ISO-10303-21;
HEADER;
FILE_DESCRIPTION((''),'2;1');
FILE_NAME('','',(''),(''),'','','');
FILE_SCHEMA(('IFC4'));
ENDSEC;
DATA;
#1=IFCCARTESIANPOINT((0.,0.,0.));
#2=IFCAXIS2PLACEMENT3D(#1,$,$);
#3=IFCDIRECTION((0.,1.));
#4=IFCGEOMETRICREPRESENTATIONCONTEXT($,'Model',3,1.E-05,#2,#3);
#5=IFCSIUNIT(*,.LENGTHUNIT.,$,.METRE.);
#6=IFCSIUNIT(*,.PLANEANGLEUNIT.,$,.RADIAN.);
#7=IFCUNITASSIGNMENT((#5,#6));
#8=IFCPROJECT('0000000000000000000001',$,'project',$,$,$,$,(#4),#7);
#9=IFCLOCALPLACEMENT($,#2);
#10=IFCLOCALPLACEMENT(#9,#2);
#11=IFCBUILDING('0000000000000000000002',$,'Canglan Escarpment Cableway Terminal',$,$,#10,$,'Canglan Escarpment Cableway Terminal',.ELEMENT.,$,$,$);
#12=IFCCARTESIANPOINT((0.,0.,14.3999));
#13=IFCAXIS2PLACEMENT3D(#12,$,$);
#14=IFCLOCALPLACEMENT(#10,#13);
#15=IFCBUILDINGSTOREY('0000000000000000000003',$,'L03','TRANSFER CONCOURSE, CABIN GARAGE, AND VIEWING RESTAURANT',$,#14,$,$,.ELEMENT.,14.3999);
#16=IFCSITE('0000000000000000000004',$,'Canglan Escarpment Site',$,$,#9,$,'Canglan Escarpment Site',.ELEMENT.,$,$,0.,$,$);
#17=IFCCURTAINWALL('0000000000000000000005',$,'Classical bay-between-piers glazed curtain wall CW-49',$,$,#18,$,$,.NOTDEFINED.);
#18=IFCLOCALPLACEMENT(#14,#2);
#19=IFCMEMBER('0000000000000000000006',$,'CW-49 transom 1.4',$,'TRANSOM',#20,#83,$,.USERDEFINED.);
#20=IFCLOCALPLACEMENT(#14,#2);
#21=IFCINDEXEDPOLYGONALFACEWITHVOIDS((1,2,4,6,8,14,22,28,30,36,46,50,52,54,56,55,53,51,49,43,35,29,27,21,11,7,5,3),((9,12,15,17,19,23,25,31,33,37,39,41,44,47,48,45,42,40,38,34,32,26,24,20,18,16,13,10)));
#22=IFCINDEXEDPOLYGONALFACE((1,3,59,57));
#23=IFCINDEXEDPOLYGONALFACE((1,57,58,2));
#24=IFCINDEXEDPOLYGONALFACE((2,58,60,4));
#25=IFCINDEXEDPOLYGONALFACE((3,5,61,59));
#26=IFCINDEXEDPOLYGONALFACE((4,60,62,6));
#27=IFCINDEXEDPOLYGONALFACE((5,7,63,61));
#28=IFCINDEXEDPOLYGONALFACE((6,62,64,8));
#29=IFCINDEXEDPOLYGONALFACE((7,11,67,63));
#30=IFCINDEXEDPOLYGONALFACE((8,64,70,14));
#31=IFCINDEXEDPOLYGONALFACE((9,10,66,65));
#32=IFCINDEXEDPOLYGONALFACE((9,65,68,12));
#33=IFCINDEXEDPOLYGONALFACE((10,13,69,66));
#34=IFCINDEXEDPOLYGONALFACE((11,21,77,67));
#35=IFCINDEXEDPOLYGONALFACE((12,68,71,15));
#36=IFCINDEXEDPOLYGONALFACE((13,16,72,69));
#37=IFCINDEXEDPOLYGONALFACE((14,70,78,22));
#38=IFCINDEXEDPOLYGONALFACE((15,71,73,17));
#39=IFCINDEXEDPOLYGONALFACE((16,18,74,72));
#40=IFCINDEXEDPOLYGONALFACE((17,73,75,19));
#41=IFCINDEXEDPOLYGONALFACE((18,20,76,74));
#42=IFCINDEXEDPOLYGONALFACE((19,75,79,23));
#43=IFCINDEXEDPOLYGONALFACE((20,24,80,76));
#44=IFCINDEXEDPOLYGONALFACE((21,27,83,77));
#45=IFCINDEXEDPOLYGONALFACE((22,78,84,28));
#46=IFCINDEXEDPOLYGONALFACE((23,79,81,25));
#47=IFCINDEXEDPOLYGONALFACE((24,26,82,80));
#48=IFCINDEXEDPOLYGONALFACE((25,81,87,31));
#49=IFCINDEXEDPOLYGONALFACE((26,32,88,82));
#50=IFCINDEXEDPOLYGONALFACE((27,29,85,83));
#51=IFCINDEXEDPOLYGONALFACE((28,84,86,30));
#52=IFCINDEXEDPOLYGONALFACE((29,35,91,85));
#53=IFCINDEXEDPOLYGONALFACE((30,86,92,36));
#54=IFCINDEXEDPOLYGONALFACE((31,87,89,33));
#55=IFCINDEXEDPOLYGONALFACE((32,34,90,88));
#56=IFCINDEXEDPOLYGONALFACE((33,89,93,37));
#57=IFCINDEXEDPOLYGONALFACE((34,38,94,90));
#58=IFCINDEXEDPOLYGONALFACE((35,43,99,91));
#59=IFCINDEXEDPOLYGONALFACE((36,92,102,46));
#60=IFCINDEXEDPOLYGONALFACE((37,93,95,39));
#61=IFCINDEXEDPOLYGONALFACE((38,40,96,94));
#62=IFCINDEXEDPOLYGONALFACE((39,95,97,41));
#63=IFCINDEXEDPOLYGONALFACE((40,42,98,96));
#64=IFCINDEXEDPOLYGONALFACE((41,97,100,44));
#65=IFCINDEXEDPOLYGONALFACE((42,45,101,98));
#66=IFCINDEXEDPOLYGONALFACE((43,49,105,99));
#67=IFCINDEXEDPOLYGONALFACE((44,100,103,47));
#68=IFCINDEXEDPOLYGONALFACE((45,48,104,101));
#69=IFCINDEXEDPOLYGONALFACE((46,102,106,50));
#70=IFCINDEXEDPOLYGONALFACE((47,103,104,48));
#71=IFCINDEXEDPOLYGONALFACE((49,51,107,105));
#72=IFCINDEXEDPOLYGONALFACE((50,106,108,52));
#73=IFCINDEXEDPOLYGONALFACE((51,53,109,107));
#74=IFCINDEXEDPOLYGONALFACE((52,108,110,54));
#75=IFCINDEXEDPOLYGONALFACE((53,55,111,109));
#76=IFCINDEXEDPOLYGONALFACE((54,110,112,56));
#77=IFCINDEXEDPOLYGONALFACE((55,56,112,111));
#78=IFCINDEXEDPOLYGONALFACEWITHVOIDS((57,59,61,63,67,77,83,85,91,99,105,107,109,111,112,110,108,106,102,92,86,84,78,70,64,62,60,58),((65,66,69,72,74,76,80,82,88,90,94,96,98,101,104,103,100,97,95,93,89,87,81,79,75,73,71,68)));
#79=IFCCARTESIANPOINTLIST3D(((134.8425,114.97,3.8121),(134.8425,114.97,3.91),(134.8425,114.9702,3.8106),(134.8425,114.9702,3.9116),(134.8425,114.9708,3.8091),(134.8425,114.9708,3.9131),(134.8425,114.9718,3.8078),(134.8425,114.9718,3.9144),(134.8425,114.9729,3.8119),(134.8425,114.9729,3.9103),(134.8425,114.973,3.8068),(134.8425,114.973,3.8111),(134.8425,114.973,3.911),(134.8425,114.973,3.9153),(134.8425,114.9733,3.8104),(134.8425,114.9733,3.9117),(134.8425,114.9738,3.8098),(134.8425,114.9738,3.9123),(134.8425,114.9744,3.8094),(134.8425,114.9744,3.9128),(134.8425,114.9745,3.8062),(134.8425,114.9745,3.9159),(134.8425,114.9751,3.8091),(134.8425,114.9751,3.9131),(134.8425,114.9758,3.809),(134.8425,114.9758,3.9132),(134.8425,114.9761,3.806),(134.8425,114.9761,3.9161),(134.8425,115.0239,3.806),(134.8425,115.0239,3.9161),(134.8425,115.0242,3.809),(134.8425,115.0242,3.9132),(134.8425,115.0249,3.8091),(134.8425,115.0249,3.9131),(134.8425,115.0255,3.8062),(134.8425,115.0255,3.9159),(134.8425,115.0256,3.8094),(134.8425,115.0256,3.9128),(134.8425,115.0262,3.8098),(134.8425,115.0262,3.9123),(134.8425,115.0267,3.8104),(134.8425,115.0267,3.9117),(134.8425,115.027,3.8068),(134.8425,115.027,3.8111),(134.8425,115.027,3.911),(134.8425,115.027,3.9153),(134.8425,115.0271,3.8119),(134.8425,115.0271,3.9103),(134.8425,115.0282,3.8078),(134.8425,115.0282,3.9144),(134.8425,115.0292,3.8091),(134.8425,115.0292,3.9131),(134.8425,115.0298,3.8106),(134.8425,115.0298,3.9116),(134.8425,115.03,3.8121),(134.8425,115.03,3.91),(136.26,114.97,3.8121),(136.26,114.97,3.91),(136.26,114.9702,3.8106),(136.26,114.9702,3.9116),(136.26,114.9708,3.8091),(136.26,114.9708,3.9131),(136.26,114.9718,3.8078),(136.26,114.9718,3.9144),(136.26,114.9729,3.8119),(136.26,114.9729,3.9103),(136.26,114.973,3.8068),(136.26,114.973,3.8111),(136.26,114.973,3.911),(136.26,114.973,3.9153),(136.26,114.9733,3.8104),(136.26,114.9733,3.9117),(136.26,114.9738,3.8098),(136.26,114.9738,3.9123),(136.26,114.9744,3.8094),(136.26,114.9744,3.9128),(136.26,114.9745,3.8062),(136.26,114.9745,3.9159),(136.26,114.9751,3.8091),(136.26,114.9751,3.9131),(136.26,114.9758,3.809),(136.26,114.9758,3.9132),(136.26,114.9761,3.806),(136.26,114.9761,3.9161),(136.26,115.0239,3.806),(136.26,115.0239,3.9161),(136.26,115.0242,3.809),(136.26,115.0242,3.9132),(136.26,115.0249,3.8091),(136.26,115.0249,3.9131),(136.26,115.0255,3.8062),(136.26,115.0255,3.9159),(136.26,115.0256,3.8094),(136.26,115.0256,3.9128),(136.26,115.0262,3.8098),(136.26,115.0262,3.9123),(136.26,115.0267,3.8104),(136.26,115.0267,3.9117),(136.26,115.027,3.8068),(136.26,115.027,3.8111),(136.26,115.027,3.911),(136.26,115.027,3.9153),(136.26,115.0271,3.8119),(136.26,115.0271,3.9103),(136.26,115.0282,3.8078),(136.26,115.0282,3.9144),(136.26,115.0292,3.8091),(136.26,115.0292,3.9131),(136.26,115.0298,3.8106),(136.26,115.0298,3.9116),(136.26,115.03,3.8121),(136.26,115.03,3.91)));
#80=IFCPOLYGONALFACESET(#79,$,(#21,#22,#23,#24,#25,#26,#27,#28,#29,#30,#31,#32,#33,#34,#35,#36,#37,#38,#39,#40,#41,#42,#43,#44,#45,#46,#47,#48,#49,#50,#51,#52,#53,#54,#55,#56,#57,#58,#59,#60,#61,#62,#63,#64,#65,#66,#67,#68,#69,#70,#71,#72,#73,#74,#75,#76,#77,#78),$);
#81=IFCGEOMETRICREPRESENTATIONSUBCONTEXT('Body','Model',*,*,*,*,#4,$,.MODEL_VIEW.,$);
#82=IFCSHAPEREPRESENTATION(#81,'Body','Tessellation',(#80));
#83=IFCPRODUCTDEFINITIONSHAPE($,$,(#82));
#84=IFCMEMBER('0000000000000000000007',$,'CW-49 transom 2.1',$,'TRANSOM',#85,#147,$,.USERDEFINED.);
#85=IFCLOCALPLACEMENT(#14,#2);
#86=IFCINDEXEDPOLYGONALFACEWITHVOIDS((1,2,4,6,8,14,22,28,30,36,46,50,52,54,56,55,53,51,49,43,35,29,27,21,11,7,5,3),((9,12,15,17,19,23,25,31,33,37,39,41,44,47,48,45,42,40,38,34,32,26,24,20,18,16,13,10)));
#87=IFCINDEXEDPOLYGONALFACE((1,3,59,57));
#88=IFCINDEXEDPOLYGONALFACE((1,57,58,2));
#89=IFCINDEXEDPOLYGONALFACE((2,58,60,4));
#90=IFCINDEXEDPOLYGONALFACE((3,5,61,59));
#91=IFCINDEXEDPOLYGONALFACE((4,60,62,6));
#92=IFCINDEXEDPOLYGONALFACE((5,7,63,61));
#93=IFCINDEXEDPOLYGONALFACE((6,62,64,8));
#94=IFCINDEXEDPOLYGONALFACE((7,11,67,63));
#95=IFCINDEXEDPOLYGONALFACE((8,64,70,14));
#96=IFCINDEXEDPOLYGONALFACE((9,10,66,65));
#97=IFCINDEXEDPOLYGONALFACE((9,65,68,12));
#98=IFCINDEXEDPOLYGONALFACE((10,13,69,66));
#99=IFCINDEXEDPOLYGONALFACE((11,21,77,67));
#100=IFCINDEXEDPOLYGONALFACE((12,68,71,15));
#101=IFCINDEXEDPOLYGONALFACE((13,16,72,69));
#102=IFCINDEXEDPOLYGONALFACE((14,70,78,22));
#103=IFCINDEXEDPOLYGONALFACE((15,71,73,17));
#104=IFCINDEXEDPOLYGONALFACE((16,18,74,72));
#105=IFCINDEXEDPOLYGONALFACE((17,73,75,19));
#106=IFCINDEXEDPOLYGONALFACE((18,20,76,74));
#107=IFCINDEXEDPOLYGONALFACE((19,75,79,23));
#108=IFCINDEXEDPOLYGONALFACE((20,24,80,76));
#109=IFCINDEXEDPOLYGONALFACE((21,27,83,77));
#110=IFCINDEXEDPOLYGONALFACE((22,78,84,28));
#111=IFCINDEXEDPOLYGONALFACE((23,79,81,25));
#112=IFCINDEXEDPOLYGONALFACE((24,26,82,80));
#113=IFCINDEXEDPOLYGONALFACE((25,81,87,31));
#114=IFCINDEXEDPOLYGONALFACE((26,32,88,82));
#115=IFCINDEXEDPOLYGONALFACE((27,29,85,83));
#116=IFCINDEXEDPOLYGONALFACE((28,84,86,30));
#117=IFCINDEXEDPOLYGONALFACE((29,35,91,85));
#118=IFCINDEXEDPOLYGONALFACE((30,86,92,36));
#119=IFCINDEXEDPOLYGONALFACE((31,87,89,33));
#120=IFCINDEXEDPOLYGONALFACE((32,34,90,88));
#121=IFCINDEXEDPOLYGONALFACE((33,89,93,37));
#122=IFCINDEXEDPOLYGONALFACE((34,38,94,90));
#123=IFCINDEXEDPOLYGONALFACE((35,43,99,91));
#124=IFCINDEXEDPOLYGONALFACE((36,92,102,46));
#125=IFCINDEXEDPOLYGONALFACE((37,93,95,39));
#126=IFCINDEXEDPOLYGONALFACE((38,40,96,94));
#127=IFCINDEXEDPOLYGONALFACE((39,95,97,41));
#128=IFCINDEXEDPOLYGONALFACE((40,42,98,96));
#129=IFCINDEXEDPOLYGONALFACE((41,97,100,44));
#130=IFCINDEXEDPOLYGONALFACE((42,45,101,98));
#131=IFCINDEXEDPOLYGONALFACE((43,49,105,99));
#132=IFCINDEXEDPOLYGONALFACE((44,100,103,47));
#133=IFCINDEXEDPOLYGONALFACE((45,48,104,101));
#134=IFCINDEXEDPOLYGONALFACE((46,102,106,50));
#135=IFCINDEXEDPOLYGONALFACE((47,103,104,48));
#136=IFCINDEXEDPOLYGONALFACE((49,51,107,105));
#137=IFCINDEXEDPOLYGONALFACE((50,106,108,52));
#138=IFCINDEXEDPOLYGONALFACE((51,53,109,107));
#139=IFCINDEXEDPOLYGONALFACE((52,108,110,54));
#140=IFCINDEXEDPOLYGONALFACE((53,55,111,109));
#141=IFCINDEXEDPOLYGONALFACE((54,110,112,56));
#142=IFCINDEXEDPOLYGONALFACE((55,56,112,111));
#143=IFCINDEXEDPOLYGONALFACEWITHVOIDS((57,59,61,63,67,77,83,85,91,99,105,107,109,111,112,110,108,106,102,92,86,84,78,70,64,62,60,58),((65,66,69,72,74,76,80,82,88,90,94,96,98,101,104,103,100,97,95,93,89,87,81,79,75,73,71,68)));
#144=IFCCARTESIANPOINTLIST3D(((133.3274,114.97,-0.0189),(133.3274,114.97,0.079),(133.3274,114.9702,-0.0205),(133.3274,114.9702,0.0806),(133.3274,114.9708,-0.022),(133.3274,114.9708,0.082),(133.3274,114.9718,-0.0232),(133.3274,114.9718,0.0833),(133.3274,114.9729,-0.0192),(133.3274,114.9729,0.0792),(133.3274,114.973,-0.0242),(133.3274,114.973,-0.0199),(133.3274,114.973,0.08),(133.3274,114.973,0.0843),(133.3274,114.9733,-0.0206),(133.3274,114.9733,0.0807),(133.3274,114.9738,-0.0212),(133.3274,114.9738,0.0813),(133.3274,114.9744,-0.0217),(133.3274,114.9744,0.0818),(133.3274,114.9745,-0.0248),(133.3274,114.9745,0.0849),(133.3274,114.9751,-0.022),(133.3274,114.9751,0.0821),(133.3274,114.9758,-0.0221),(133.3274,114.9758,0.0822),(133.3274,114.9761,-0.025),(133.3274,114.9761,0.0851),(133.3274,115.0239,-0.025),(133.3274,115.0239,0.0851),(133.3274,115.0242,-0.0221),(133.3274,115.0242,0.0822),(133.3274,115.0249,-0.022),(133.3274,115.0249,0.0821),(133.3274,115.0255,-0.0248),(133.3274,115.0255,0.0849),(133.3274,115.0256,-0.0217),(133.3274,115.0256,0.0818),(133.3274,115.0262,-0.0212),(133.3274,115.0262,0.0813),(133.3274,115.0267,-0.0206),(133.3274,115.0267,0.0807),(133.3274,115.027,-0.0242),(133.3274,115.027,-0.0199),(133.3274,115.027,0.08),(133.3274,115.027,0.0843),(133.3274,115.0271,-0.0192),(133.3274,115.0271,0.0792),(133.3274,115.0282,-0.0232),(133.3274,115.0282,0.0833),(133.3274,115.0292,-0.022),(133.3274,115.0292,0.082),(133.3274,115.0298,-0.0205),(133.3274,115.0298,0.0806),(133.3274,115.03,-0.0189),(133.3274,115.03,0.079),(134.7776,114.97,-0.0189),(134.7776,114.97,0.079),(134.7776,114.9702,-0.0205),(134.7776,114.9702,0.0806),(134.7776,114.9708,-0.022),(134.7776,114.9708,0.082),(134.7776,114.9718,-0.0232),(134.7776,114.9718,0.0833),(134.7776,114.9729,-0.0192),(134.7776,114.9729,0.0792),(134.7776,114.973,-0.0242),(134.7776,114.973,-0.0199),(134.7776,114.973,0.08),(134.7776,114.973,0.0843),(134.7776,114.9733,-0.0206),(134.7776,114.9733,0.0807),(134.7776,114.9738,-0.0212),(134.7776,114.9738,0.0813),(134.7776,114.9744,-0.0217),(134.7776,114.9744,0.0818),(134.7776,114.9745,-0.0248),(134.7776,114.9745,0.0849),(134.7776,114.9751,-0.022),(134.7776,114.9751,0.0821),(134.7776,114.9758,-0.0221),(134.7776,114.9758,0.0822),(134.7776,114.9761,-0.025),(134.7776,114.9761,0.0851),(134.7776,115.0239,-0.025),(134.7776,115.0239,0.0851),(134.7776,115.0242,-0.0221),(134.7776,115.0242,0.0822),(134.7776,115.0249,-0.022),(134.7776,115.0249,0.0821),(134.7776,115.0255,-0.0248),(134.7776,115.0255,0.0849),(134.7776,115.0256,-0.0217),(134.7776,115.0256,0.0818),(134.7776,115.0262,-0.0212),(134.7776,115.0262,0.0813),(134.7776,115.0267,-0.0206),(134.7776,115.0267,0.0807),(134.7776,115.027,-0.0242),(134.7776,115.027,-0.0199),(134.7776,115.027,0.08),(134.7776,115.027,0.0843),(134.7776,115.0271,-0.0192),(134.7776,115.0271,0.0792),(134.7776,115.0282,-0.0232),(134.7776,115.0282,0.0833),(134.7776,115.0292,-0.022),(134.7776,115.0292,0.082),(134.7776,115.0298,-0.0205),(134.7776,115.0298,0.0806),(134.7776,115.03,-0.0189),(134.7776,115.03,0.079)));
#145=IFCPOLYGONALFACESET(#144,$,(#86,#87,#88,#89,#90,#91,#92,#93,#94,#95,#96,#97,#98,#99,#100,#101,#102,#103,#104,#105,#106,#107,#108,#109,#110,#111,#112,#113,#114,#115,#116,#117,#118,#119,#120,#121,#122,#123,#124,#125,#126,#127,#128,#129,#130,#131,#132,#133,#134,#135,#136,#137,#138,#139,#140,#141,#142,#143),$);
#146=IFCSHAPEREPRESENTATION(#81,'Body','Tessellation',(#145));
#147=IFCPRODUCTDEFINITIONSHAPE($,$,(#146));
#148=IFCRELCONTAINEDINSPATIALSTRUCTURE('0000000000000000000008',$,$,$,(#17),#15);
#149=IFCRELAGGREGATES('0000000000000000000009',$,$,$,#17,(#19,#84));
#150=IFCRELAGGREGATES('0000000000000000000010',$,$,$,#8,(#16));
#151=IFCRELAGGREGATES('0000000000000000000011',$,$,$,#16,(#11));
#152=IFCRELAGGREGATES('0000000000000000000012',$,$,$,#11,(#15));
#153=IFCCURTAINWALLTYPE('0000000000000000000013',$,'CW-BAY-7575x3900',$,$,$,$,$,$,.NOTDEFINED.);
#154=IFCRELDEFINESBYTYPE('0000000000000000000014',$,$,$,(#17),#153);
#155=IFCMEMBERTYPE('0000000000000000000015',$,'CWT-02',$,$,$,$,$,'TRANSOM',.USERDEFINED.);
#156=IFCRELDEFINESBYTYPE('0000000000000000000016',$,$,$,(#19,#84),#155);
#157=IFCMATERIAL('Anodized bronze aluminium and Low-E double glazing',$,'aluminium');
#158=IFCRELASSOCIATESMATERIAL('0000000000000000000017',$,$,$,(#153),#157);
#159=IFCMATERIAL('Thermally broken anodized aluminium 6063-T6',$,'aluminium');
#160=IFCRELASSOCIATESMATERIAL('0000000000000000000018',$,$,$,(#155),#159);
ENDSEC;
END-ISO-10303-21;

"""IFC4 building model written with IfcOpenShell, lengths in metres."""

from ifc_helpers import new_model, si_unit, direction, frame, origin, origin_2d, place, context, subcontext, project, spatial, hollow_rectangle, extrude, material, material_profile, profile_set, type_object, element, aggregate, save


model = new_model("IFC4")

# Units and contexts
model_context = context("Model", 3, precision=1e-05, world=origin(), true_north=direction((0.0, 1.0)))
body_context = subcontext(model_context, "Body", "Model", "MODEL_VIEW")
ifc_project = project(units=[si_unit("LENGTHUNIT", "METRE"), si_unit("PLANEANGLEUNIT", "RADIAN")], contexts=[model_context])

# Site, building, storey
site_placement = place(None, origin())
site = spatial("IfcSite", under=ifc_project, at=site_placement, Name="Canglan Escarpment Site", LongName="Canglan Escarpment Site", CompositionType="ELEMENT", RefElevation=0.0)
building_placement = place(site_placement, origin())
building = spatial("IfcBuilding", under=site, at=building_placement, Name="Canglan Escarpment Cableway Terminal", LongName="Canglan Escarpment Cableway Terminal", CompositionType="ELEMENT")
storey_placement = place(building_placement, frame((0.0, 0.0, 14.3999)))
storey = spatial("IfcBuildingStorey", under=building, at=storey_placement, Name="L03", Description="TRANSFER CONCOURSE, CABIN GARAGE, AND VIEWING RESTAURANT", CompositionType="ELEMENT", Elevation=14.3999)

# Curtain wall, members
ifc_material_1 = material(Name="Anodized bronze aluminium and Low-E double glazing", Category="aluminium")
curtain_wall_type = type_object("IfcCurtainWallType", Name="CW-BAY-7575x3900", PredefinedType="NOTDEFINED", material=ifc_material_1)
curtain_wall_placement = place(storey_placement, origin())
curtain_wall = element("IfcCurtainWall", 1, at=curtain_wall_placement, inside=storey, type_object=curtain_wall_type, Name="Classical bay-between-piers glazed curtain wall CW-49", PredefinedType="NOTDEFINED")
ifc_material_2 = material(Name="Thermally broken anodized aluminium 6063-T6", Category="aluminium")
ifc_material_profile_1 = material_profile(ifc_material_2, hollow_rectangle(XDim=0.0601, YDim=0.1101, WallThickness=0.0029, InnerFilletRadius=0.0029, OuterFilletRadius=0.0061, at=origin_2d()), Name="ALU-TRAN 60x110x3")
ifc_profile_set_1 = profile_set([ifc_material_profile_1], Name="Thermally broken anodized aluminium 6063-T6")
member_type_1 = type_object("IfcMemberType", Name="CWT-02", ElementType="TRANSOM", PredefinedType="USERDEFINED", material=ifc_profile_set_1)
member_1_placement = place(storey_placement, frame((136.26, 115.0, 3.8611), z_axis=(-1.0, 0.0, 0.0), x_axis=(0.0, -1.0, 0.0)))
member_1 = element("IfcMember", 2, at=member_1_placement, type_object=member_type_1, Name="CW-49 transom 1.4", ObjectType="TRANSOM", PredefinedType="USERDEFINED", context=body_context, shape_type="SweptSolid", body=[
    extrude(hollow_rectangle(XDim=0.0601, YDim=0.1101, WallThickness=0.0029, InnerFilletRadius=0.0029, OuterFilletRadius=0.0061, at=origin_2d()), origin(), (0.0, 0.0, 1.0), 1.4175),
])
member_2_placement = place(storey_placement, frame((134.7776, 115.0, 0.03), z_axis=(-1.0, 0.0, 0.0), x_axis=(0.0, -1.0, 0.0)))
member_2 = element("IfcMember", 3, at=member_2_placement, type_object=member_type_1, Name="CW-49 transom 2.1", ObjectType="TRANSOM", PredefinedType="USERDEFINED", context=body_context, shape_type="SweptSolid", body=[
    extrude(hollow_rectangle(XDim=0.0601, YDim=0.1101, WallThickness=0.0029, InnerFilletRadius=0.0029, OuterFilletRadius=0.0061, at=origin_2d()), origin(), (0.0, 0.0, 1.0), 1.4502),
])
aggregate(curtain_wall, [member_1, member_2])

save(model, "model.ifc")
